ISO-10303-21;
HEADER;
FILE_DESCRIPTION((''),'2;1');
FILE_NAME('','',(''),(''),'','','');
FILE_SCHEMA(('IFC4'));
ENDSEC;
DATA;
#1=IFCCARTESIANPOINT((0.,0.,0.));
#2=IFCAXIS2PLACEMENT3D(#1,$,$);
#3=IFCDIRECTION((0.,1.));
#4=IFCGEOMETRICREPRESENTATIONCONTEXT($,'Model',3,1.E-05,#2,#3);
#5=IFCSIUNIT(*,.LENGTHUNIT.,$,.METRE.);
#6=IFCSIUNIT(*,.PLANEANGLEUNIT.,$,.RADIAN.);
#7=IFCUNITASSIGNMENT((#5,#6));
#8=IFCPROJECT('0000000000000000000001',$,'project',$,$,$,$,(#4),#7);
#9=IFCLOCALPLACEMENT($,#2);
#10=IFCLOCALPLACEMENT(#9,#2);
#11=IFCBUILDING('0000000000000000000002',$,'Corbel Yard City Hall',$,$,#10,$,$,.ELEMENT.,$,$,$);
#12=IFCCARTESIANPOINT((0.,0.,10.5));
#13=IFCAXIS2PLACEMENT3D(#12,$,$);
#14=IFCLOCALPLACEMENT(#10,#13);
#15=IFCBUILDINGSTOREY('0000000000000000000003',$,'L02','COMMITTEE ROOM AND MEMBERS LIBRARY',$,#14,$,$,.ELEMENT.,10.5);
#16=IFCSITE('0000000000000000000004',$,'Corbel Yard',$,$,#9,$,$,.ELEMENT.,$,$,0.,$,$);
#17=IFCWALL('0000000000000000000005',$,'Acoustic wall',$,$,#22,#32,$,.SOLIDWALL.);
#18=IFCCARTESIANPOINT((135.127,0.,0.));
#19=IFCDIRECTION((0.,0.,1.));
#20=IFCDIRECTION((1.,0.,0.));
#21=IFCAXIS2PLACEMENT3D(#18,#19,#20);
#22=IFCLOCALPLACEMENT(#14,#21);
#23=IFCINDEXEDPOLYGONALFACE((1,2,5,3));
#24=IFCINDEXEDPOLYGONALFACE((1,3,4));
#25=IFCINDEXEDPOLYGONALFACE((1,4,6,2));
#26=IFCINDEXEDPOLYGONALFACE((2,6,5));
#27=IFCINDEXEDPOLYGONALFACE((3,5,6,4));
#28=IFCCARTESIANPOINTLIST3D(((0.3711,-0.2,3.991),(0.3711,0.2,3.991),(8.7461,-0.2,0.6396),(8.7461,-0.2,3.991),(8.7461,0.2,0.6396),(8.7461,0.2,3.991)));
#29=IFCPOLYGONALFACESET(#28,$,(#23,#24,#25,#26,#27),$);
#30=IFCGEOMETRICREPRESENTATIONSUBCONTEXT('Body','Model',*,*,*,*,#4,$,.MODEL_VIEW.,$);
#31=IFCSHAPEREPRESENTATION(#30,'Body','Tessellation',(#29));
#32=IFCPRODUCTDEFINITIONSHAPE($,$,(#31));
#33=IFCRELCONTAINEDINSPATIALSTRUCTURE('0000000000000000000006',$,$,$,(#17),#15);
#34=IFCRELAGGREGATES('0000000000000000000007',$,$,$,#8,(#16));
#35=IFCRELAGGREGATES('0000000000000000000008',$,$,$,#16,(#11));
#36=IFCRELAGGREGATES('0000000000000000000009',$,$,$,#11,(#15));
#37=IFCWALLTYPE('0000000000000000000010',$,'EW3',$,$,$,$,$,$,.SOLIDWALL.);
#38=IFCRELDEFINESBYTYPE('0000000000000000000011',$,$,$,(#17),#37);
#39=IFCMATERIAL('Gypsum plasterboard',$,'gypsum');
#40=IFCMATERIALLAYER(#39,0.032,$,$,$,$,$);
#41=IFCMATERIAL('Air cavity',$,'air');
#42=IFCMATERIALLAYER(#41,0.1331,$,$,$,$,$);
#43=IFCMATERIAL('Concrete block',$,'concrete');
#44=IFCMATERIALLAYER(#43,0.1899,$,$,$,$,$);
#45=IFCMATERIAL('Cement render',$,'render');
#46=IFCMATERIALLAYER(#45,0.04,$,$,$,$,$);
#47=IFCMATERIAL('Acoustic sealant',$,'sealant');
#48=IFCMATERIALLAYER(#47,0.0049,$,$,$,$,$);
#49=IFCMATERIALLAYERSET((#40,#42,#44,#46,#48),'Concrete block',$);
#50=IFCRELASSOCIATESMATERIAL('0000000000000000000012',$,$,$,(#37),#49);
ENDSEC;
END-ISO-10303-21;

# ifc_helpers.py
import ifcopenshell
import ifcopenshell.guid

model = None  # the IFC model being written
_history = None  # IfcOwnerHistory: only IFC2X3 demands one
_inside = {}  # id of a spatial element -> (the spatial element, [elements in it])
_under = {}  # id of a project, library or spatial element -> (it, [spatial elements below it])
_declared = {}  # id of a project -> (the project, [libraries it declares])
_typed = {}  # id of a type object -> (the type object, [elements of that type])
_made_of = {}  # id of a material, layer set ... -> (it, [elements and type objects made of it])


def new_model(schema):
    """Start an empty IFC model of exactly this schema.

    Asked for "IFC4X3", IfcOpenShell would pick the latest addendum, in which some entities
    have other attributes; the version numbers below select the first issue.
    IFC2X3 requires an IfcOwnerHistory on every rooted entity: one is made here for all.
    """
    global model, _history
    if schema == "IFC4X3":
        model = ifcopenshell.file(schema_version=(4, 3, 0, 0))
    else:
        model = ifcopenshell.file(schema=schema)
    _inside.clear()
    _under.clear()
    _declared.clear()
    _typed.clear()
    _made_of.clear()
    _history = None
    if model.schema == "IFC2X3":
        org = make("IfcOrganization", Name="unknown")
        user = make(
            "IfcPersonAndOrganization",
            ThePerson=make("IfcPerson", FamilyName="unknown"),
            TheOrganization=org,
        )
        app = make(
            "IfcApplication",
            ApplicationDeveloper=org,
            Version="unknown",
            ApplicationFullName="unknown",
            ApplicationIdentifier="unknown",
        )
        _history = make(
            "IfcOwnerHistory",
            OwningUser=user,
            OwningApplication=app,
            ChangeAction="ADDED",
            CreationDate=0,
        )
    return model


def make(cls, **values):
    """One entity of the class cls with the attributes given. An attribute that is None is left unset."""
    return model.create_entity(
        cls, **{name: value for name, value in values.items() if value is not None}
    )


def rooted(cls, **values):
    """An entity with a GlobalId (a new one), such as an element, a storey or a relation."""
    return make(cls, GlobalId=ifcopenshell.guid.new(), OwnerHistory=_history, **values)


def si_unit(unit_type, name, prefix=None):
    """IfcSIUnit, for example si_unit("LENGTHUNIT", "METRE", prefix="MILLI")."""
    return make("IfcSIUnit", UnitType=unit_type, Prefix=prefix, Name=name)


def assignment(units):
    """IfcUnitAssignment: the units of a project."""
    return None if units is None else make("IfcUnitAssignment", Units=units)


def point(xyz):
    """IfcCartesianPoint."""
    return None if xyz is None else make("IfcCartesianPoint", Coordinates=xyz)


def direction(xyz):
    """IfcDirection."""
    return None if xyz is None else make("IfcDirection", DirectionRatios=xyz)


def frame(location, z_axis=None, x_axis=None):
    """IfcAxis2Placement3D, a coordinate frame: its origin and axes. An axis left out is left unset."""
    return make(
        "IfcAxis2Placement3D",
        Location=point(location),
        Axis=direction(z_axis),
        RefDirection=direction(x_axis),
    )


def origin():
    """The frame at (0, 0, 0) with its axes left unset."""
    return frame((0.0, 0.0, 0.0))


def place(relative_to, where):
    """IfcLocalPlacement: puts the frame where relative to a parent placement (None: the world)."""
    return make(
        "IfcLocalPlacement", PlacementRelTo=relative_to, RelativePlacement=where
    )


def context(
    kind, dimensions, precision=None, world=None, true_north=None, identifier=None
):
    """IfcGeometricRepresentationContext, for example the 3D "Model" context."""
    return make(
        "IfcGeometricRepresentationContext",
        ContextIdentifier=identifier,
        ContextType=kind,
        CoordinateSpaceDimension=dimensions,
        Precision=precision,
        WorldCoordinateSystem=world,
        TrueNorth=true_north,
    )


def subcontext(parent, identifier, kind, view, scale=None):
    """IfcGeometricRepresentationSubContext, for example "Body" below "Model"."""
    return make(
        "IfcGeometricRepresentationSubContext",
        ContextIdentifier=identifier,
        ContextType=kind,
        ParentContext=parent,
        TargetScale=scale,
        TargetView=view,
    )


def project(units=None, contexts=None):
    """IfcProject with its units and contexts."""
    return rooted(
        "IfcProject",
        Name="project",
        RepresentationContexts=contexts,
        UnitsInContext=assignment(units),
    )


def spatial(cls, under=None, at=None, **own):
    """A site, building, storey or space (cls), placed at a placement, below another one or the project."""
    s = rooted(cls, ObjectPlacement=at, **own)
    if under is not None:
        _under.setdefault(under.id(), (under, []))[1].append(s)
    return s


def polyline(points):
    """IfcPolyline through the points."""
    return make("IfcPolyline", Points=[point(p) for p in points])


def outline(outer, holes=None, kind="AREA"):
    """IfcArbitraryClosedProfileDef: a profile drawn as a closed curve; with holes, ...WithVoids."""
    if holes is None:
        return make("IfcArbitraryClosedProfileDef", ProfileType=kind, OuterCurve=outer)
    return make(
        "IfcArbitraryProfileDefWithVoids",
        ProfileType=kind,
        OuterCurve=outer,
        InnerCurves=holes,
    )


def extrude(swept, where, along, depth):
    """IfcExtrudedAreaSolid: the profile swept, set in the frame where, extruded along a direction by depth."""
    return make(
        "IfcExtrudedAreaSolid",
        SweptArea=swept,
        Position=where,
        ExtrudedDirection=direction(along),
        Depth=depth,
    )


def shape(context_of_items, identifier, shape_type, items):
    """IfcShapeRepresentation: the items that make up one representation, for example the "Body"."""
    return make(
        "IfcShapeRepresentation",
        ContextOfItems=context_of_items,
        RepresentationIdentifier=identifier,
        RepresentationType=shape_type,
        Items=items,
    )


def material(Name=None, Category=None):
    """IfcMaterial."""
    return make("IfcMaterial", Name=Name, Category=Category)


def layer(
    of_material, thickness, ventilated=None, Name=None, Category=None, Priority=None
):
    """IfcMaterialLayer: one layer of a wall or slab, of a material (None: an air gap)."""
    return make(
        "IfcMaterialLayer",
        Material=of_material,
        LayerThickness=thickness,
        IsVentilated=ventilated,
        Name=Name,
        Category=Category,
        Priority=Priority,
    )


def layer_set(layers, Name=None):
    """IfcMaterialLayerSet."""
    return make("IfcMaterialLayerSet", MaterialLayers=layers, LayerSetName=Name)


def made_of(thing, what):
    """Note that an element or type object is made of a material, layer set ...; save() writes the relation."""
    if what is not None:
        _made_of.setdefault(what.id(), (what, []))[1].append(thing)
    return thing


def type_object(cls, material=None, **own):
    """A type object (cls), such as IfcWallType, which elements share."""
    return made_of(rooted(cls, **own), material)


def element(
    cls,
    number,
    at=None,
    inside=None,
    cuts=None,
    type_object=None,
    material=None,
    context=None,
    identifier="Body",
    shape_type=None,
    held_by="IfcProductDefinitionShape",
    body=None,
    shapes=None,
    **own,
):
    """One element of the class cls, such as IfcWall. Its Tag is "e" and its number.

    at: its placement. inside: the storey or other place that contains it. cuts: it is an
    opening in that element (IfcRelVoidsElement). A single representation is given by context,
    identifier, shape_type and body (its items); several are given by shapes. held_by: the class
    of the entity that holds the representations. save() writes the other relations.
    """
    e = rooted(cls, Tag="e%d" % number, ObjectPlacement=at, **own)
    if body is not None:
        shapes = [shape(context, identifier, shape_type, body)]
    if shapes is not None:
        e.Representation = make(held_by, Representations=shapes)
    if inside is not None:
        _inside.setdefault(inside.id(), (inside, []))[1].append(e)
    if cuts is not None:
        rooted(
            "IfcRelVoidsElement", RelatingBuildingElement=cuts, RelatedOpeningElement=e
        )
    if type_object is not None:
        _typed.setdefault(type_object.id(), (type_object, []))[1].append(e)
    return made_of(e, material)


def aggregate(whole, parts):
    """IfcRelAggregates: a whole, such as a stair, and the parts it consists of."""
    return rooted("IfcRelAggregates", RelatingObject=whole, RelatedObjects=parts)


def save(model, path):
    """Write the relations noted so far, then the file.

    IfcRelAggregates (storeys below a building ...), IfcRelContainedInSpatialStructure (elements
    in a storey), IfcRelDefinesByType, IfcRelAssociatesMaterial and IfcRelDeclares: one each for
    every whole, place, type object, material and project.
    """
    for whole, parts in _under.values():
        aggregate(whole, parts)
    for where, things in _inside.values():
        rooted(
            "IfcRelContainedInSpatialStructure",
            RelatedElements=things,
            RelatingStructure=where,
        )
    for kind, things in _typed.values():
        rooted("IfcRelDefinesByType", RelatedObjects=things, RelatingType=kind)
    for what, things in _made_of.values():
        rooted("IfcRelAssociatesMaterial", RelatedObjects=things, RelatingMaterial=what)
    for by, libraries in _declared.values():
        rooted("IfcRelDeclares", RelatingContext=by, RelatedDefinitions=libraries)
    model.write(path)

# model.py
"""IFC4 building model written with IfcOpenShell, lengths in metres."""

from ifc_helpers import new_model, si_unit, direction, frame, origin, place, context, subcontext, project, spatial, polyline, outline, extrude, material, layer, layer_set, type_object, element, save


model = new_model("IFC4")

# Units and contexts
model_context = context("Model", 3, precision=1e-05, world=origin(), true_north=direction((0.0, 1.0)))
body_context = subcontext(model_context, "Body", "Model", "MODEL_VIEW")
ifc_project = project(units=[si_unit("LENGTHUNIT", "METRE"), si_unit("PLANEANGLEUNIT", "RADIAN")], contexts=[model_context])

# Site, building, storey
site_placement = place(None, origin())
site = spatial("IfcSite", under=ifc_project, at=site_placement, Name="Corbel Yard", CompositionType="ELEMENT", RefElevation=0.0)
building_placement = place(site_placement, origin())
building = spatial("IfcBuilding", under=site, at=building_placement, Name="Corbel Yard City Hall", CompositionType="ELEMENT")
storey_placement = place(building_placement, frame((0.0, 0.0, 10.5)))
storey = spatial("IfcBuildingStorey", under=building, at=storey_placement, Name="L02", Description="COMMITTEE ROOM AND MEMBERS LIBRARY", CompositionType="ELEMENT", Elevation=10.5)

# Wall
ifc_material_1 = material(Name="Gypsum plasterboard", Category="gypsum")
ifc_layer_1 = layer(ifc_material_1, 0.032)
ifc_material_2 = material(Name="Air cavity", Category="air")
ifc_layer_2 = layer(ifc_material_2, 0.1331)
ifc_material_3 = material(Name="Concrete block", Category="concrete")
ifc_layer_3 = layer(ifc_material_3, 0.1899)
ifc_material_4 = material(Name="Cement render", Category="render")
ifc_layer_4 = layer(ifc_material_4, 0.04)
ifc_material_5 = material(Name="Acoustic sealant", Category="sealant")
ifc_layer_5 = layer(ifc_material_5, 0.0049)
ifc_layer_set_1 = layer_set([ifc_layer_1, ifc_layer_2, ifc_layer_3, ifc_layer_4, ifc_layer_5], Name="Concrete block")
wall_type_1 = type_object("IfcWallType", Name="EW3", PredefinedType="SOLIDWALL", material=ifc_layer_set_1)
wall_1_placement = place(storey_placement, frame((135.127, 0.0, 0.0), z_axis=(0.0, 0.0, 1.0), x_axis=(1.0, 0.0, 0.0)))
element("IfcWall", 1, at=wall_1_placement, inside=storey, type_object=wall_type_1, Name="Acoustic wall", PredefinedType="SOLIDWALL", context=body_context, shape_type="SweptSolid", body=[
    extrude(outline(polyline([(8.7461, 3.991), (8.7461, 0.6396), (0.3711, 3.991), (8.7461, 3.991)])), frame((0.0, 0.2, 0.0), z_axis=(0.0, -1.0, 0.0), x_axis=(1.0, 0.0, 0.0)), (0.0, 0.0, 1.0), 0.3999),
])

save(model, "model.ifc")
